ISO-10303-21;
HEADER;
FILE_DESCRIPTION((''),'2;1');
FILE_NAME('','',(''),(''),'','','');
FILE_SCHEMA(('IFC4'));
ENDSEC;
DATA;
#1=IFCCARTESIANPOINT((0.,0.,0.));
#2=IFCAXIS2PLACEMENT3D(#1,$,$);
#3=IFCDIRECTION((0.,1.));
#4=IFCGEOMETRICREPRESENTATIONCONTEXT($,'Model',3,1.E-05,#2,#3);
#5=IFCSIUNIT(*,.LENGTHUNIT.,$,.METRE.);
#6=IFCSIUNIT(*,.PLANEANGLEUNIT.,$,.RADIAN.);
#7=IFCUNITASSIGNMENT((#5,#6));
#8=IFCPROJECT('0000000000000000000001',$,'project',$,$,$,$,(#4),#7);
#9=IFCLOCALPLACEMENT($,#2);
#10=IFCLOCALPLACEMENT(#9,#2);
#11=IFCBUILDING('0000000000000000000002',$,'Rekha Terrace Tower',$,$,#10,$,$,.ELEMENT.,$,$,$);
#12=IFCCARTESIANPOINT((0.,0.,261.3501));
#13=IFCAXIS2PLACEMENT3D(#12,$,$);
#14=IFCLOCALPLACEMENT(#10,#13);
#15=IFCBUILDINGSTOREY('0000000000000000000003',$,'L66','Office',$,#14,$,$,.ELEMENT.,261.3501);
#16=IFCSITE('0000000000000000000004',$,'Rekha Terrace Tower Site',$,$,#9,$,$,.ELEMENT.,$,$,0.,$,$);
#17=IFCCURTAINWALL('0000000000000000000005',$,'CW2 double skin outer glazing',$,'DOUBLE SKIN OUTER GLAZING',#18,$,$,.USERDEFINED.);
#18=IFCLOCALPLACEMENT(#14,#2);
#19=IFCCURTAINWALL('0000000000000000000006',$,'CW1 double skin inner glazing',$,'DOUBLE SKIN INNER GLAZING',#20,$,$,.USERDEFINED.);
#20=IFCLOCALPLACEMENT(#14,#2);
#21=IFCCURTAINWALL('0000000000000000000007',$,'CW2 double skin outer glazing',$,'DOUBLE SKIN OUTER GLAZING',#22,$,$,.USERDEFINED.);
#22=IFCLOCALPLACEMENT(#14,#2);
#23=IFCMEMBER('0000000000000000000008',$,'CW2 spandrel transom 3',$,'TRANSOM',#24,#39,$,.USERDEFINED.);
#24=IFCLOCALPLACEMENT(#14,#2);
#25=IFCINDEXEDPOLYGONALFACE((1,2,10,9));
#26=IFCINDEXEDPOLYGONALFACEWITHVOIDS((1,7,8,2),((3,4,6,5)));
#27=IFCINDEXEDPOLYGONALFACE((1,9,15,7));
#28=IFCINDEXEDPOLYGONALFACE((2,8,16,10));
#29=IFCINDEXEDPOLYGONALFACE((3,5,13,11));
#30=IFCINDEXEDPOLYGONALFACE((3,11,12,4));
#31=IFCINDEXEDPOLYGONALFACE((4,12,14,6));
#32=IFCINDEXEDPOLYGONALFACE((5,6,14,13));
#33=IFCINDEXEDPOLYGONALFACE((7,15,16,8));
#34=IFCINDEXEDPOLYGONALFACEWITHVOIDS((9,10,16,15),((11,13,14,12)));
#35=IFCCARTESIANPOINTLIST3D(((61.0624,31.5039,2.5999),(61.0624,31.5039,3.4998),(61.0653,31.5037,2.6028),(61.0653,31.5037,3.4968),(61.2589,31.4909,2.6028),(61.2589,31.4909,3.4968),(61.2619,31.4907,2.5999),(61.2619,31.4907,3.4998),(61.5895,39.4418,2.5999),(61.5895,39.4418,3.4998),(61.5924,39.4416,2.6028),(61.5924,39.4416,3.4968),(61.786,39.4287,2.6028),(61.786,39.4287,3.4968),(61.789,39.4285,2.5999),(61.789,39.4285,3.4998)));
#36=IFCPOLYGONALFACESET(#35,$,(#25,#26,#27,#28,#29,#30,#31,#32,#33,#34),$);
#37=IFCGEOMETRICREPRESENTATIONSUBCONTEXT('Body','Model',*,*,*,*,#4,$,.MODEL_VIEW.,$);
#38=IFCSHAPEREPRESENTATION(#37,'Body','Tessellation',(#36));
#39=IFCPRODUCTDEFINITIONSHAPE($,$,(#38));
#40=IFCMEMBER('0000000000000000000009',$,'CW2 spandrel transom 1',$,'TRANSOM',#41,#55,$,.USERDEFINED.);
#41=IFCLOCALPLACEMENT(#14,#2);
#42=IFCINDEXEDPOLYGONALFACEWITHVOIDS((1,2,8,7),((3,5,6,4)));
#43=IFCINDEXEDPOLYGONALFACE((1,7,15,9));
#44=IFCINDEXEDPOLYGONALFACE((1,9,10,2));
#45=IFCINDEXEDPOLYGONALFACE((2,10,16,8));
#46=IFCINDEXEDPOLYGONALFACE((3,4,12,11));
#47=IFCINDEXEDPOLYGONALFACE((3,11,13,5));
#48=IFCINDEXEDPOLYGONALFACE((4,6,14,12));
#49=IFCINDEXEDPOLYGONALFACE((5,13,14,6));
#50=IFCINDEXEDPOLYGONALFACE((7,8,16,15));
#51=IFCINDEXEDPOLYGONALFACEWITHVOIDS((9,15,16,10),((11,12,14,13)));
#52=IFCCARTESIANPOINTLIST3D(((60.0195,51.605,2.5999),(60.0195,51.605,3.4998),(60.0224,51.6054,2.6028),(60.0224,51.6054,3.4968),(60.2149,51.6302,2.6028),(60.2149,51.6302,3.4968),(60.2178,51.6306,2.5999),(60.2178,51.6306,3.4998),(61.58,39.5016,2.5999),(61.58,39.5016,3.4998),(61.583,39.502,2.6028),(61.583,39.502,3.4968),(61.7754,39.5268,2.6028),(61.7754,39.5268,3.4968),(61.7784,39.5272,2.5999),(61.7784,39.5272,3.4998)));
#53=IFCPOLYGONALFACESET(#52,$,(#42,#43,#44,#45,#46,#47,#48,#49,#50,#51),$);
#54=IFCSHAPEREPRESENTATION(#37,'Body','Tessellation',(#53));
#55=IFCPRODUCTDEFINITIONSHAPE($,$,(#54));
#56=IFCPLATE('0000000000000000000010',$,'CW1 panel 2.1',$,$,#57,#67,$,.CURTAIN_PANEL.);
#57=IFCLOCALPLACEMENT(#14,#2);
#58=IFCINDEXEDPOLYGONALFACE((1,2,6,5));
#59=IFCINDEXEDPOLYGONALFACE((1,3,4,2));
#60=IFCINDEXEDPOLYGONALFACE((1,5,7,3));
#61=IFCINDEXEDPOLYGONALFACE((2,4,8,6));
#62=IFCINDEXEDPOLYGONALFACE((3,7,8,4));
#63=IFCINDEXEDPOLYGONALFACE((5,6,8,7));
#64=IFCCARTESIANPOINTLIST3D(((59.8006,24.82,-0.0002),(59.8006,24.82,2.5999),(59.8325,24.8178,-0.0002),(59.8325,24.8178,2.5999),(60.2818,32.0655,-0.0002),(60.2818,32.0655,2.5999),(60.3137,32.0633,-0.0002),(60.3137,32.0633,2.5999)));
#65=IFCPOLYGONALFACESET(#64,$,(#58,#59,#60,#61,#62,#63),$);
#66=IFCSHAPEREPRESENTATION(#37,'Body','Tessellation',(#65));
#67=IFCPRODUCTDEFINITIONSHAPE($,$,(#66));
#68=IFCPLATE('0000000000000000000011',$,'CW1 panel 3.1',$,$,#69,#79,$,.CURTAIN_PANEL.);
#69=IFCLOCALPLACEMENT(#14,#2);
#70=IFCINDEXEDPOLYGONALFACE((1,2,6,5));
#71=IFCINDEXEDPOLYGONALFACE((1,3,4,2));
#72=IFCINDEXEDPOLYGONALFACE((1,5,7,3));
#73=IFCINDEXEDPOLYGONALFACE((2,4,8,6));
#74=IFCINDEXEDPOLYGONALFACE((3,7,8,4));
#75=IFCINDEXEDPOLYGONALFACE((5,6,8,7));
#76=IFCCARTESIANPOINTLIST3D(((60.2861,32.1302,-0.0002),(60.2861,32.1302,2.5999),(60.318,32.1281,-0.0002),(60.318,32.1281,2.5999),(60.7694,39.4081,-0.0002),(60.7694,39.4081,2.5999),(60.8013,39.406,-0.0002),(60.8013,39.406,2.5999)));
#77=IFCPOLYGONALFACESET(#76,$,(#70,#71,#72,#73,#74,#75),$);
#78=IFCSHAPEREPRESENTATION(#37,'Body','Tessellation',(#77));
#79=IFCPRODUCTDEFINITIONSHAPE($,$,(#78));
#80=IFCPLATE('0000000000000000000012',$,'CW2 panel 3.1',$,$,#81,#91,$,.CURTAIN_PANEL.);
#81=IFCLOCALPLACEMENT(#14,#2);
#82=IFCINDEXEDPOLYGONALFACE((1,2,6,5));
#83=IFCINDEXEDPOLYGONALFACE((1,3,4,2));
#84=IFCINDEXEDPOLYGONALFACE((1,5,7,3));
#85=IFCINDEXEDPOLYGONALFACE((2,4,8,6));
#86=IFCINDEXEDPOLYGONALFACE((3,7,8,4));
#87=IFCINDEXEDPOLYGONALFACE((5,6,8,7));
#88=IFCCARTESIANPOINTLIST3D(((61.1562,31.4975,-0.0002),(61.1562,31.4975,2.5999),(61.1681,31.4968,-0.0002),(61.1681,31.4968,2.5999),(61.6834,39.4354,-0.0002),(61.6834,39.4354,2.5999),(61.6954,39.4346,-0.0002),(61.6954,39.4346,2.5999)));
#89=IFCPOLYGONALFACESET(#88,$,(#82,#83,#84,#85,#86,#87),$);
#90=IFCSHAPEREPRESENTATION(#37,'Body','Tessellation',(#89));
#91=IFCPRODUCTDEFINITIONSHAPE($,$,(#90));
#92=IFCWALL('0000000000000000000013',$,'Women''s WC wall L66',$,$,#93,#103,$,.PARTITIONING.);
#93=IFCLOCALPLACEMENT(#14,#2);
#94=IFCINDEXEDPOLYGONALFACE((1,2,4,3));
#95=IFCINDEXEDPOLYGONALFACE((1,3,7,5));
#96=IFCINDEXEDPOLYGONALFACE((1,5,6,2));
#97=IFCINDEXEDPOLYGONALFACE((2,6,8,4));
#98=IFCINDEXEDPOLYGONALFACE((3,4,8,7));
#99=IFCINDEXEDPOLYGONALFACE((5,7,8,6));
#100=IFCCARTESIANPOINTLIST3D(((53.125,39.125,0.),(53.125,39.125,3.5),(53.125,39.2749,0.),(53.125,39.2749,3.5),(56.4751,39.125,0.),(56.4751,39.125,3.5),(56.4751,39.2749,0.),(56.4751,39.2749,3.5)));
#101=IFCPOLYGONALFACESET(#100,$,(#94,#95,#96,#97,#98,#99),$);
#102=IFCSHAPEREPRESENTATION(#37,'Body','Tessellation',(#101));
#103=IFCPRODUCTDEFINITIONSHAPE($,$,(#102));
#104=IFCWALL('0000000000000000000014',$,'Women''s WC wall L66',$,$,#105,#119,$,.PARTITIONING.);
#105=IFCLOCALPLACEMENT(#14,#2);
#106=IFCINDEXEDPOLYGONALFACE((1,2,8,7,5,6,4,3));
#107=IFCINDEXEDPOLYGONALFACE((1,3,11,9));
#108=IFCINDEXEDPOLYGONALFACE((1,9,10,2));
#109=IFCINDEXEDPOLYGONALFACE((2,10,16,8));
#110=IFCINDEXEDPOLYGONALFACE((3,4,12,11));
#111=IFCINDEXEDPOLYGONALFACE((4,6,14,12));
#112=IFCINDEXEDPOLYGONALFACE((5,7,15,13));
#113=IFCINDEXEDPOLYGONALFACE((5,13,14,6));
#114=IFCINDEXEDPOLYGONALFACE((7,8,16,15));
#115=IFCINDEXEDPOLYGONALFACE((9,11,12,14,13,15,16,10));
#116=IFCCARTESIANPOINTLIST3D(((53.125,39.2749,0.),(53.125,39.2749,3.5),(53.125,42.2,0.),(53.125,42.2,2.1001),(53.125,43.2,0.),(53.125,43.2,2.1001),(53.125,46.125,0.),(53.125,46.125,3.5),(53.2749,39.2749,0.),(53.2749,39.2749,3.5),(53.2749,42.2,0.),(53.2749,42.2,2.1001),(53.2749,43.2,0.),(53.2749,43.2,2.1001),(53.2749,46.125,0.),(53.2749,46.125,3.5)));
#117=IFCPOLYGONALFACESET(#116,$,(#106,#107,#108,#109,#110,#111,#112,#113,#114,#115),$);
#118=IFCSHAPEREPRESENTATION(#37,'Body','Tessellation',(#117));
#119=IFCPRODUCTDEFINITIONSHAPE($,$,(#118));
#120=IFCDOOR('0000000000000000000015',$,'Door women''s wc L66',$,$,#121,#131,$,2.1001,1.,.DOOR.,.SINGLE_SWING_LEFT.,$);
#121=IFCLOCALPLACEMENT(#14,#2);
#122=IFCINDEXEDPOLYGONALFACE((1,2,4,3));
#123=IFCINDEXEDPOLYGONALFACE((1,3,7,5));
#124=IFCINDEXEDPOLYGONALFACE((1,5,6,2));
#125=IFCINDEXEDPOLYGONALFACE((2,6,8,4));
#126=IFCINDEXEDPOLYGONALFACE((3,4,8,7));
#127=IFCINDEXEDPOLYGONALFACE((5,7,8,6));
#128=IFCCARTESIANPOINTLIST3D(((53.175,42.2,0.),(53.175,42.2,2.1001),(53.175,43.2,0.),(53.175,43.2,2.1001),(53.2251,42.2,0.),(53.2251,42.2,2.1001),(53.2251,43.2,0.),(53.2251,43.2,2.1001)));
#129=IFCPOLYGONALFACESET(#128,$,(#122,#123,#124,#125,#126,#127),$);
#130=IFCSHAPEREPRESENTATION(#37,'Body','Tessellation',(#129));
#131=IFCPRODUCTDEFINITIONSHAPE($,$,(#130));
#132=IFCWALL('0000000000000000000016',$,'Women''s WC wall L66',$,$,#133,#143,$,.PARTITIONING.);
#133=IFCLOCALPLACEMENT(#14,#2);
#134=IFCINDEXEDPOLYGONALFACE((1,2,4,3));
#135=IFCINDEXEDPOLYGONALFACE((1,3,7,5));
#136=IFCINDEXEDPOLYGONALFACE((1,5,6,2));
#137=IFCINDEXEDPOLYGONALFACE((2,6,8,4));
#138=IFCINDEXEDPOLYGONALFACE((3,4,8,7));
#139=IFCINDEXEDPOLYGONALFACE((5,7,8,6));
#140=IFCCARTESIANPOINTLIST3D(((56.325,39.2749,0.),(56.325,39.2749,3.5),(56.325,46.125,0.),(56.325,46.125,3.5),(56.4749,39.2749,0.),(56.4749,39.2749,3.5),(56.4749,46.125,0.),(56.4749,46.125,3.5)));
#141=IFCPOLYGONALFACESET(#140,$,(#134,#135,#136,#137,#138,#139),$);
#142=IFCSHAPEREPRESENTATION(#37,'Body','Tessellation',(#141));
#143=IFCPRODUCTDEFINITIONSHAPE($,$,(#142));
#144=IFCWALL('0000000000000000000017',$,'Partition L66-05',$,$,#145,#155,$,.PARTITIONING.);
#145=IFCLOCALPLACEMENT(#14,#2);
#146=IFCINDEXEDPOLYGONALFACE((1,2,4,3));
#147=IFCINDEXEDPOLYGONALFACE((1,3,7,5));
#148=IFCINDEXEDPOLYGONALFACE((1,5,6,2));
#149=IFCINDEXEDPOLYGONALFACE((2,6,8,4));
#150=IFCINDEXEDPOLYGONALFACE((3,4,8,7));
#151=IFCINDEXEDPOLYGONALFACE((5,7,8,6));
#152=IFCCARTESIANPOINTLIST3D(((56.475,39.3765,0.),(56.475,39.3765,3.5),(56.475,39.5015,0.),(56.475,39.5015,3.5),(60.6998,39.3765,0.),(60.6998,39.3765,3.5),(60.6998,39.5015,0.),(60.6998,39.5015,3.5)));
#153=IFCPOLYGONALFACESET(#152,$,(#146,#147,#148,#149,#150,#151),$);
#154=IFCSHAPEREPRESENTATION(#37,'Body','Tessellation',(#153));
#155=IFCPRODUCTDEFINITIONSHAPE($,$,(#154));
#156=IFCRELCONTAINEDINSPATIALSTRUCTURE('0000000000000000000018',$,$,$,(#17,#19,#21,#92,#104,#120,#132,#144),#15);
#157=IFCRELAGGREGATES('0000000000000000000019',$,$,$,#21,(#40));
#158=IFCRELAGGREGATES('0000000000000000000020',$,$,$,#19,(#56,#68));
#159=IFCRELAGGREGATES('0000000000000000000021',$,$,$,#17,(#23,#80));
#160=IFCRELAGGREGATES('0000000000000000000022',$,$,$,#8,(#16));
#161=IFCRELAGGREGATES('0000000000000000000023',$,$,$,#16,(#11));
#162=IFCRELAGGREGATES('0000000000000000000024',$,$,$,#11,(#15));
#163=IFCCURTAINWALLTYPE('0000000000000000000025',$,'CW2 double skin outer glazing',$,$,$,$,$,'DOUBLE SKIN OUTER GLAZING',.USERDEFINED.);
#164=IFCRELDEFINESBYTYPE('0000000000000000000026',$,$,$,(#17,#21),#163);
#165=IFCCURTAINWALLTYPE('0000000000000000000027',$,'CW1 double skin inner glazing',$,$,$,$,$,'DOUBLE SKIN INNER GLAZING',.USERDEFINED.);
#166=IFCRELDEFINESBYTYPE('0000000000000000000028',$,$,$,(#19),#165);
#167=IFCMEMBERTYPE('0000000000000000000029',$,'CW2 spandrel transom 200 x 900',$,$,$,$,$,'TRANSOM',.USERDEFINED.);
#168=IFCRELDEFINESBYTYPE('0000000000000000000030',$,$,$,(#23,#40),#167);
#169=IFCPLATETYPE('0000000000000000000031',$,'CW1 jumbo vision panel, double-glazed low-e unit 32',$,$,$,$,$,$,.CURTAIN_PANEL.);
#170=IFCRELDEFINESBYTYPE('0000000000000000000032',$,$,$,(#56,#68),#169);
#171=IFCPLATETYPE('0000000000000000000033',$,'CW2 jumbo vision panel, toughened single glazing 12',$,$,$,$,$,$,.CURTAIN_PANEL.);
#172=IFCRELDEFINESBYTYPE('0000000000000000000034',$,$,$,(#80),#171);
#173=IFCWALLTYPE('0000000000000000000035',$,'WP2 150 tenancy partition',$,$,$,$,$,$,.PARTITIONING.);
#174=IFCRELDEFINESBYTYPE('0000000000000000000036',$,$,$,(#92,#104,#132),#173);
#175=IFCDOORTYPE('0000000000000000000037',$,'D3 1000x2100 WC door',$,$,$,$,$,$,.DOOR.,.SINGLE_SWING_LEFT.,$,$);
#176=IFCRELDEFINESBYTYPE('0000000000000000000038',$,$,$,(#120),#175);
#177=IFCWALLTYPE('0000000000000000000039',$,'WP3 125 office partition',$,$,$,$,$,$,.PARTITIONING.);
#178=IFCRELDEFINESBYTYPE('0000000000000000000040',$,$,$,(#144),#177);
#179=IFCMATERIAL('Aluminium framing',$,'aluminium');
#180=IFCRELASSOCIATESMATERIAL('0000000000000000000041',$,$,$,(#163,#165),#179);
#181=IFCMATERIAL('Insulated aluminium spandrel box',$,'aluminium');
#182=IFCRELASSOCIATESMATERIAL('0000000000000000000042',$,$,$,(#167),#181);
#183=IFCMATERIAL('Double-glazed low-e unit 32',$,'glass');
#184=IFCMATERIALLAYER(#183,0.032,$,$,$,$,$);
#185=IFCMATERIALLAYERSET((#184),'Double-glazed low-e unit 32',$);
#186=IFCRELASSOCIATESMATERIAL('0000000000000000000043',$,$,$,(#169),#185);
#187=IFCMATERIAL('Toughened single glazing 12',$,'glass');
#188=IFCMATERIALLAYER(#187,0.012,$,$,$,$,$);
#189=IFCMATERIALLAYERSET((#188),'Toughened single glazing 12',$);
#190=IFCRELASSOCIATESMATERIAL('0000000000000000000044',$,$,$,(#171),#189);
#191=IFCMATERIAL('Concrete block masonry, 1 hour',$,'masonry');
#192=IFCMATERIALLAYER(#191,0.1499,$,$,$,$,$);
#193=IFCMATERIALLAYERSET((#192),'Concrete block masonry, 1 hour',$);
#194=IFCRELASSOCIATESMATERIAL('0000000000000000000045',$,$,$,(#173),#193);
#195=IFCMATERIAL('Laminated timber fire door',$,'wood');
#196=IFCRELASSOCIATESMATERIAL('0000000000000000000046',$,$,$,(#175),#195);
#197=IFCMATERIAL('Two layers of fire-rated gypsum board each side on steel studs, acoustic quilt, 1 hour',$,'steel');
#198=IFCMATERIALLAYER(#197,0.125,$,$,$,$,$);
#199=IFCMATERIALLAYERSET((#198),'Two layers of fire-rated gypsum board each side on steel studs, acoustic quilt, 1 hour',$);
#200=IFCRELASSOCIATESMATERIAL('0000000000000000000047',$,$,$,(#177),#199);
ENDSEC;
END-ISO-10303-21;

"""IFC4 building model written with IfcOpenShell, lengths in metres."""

from ifc_helpers import new_model, si_unit, direction, frame, frame_2d, origin, origin_2d, place, context, subcontext, project, spatial, rectangle, hollow_rectangle, extrude, material, layer, layer_set, material_profile, profile_set, type_object, element, fill, aggregate, save


model = new_model("IFC4")

# Units and contexts
model_context = context("Model", 3, precision=1e-05, world=origin(), true_north=direction((0.0, 1.0)))
body_context = subcontext(model_context, "Body", "Model", "MODEL_VIEW")
ifc_project = project(units=[si_unit("LENGTHUNIT", "METRE"), si_unit("PLANEANGLEUNIT", "RADIAN")], contexts=[model_context])

# Site, building, storey
site_placement = place(None, origin())
site = spatial("IfcSite", under=ifc_project, at=site_placement, Name="Rekha Terrace Tower Site", CompositionType="ELEMENT", RefElevation=0.0)
building_placement = place(site_placement, origin())
building = spatial("IfcBuilding", under=site, at=building_placement, Name="Rekha Terrace Tower", CompositionType="ELEMENT")
storey_placement = place(building_placement, frame((0.0, 0.0, 261.3501)))
storey = spatial("IfcBuildingStorey", under=building, at=storey_placement, Name="L66", Description="Office", CompositionType="ELEMENT", Elevation=261.3501)

# Curtain walls
ifc_material_1 = material(Name="Aluminium framing", Category="aluminium")
curtain_wall_type_1 = type_object("IfcCurtainWallType", Name="CW2 double skin outer glazing", ElementType="DOUBLE SKIN OUTER GLAZING", PredefinedType="USERDEFINED", material=ifc_material_1)
curtain_wall_1_placement = place(storey_placement, origin())
curtain_wall_1 = element("IfcCurtainWall", 1, at=curtain_wall_1_placement, inside=storey, type_object=curtain_wall_type_1, Name="CW2 double skin outer glazing", ObjectType="DOUBLE SKIN OUTER GLAZING", PredefinedType="USERDEFINED")
curtain_wall_type_2 = type_object("IfcCurtainWallType", Name="CW1 double skin inner glazing", ElementType="DOUBLE SKIN INNER GLAZING", PredefinedType="USERDEFINED", material=ifc_material_1)
curtain_wall_2_placement = place(storey_placement, origin())
curtain_wall_2 = element("IfcCurtainWall", 2, at=curtain_wall_2_placement, inside=storey, type_object=curtain_wall_type_2, Name="CW1 double skin inner glazing", ObjectType="DOUBLE SKIN INNER GLAZING", PredefinedType="USERDEFINED")

# Shared definitions
ifc_material_2 = material(Name="Insulated aluminium spandrel box", Category="aluminium")

# Curtain wall
curtain_wall_3_placement = place(storey_placement, origin())
curtain_wall_3 = element("IfcCurtainWall", 3, at=curtain_wall_3_placement, inside=storey, type_object=curtain_wall_type_1, Name="CW2 double skin outer glazing", ObjectType="DOUBLE SKIN OUTER GLAZING", PredefinedType="USERDEFINED")

# Members
ifc_material_profile_1 = material_profile(ifc_material_2, hollow_rectangle(XDim=0.2, YDim=0.8999, WallThickness=0.0029, at=origin_2d()), Name="AL SPANDREL BOX 200x900")
ifc_profile_set_1 = profile_set([ifc_material_profile_1], Name="Insulated aluminium spandrel box")
member_type_1 = type_object("IfcMemberType", Name="CW2 spandrel transom 200 x 900", ElementType="TRANSOM", PredefinedType="USERDEFINED", material=ifc_profile_set_1)
member_1_placement = place(storey_placement, frame((61.1621, 31.4973, 3.0498), z_axis=(0.066258, 0.997803, 0.0), x_axis=(-0.997803, 0.066258, 0.0)))
member_1 = element("IfcMember", 4, at=member_1_placement, type_object=member_type_1, Name="CW2 spandrel transom 3", ObjectType="TRANSOM", PredefinedType="USERDEFINED", context=body_context, shape_type="SweptSolid", body=[
    extrude(hollow_rectangle(XDim=0.2, YDim=0.8999, WallThickness=0.0029, at=origin_2d()), origin(), (0.0, 0.0, 1.0), 7.9553),
])
member_2_placement = place(storey_placement, frame((61.6792, 39.5144, 3.0498), z_axis=(-0.127875, 0.99179, 0.0), x_axis=(-0.99179, -0.127875, 0.0)))
member_2 = element("IfcMember", 5, at=member_2_placement, type_object=member_type_1, Name="CW2 spandrel transom 1", ObjectType="TRANSOM", PredefinedType="USERDEFINED", context=body_context, shape_type="SweptSolid", body=[
    extrude(hollow_rectangle(XDim=0.2, YDim=0.8999, WallThickness=0.0029, at=origin_2d()), origin(), (0.0, 0.0, 1.0), 12.2036),
])
aggregate(curtain_wall_3, [member_2])

# Plates
ifc_material_3 = material(Name="Double-glazed low-e unit 32", Category="glass")
ifc_layer_1 = layer(ifc_material_3, 0.032)
ifc_layer_set_1 = layer_set([ifc_layer_1], Name="Double-glazed low-e unit 32")
plate_type_1 = type_object("IfcPlateType", Name="CW1 jumbo vision panel, double-glazed low-e unit 32", PredefinedType="CURTAIN_PANEL", material=ifc_layer_set_1)
plate_1_placement = place(storey_placement, frame((60.0571, 28.4417, -0.0002), z_axis=(0.0, 0.0, 1.0), x_axis=(0.066272, 0.997802, 0.0)))
plate_1 = element("IfcPlate", 6, at=plate_1_placement, type_object=plate_type_1, Name="CW1 panel 2.1", PredefinedType="CURTAIN_PANEL", context=body_context, shape_type="SweptSolid", body=[
    extrude(rectangle(XDim=7.2615, YDim=0.032, at=origin_2d()), origin(), (0.0, 0.0, 1.0), 2.6001),
])
plate_2_placement = place(storey_placement, frame((60.5437, 35.7681, -0.0002), z_axis=(0.0, 0.0, 1.0), x_axis=(0.066272, 0.997802, 0.0)))
plate_2 = element("IfcPlate", 7, at=plate_2_placement, type_object=plate_type_1, Name="CW1 panel 3.1", PredefinedType="CURTAIN_PANEL", context=body_context, shape_type="SweptSolid", body=[
    extrude(rectangle(XDim=7.2939, YDim=0.032, at=origin_2d()), origin(), (0.0, 0.0, 1.0), 2.6001),
])
aggregate(curtain_wall_2, [plate_1, plate_2])
ifc_material_4 = material(Name="Toughened single glazing 12", Category="glass")
ifc_layer_2 = layer(ifc_material_4, 0.012)
ifc_layer_set_2 = layer_set([ifc_layer_2], Name="Toughened single glazing 12")
plate_type_2 = type_object("IfcPlateType", Name="CW2 jumbo vision panel, toughened single glazing 12", PredefinedType="CURTAIN_PANEL", material=ifc_layer_set_2)
plate_3_placement = place(storey_placement, frame((61.4258, 35.4661, -0.0002), z_axis=(0.0, 0.0, 1.0), x_axis=(0.066272, 0.997802, 0.0)))
plate_3 = element("IfcPlate", 8, at=plate_3_placement, type_object=plate_type_2, Name="CW2 panel 3.1", PredefinedType="CURTAIN_PANEL", context=body_context, shape_type="SweptSolid", body=[
    extrude(rectangle(XDim=7.9553, YDim=0.012, at=origin_2d()), origin(), (0.0, 0.0, 1.0), 2.6001),
])
aggregate(curtain_wall_1, [member_1, plate_3])

# Wall
ifc_material_5 = material(Name="Concrete block masonry, 1 hour", Category="masonry")
ifc_layer_3 = layer(ifc_material_5, 0.1499)
ifc_layer_set_3 = layer_set([ifc_layer_3], Name="Concrete block masonry, 1 hour")
wall_type_1 = type_object("IfcWallType", Name="WP2 150 tenancy partition", PredefinedType="PARTITIONING", material=ifc_layer_set_3)
wall_1_placement = place(storey_placement, frame((53.125, 39.2, 0.0), z_axis=(0.0, 0.0, 1.0), x_axis=(1.0, 0.0, 0.0)))
element("IfcWall", 9, at=wall_1_placement, inside=storey, type_object=wall_type_1, Name="Women's WC wall L66", PredefinedType="PARTITIONING", context=body_context, shape_type="SweptSolid", body=[
    extrude(rectangle(XDim=3.3501, YDim=0.1499, at=frame_2d((1.675, 0.0))), origin(), (0.0, 0.0, 1.0), 3.5),
])

# Wall, opening, door
wall_2_placement = place(storey_placement, frame((53.2, 39.2749, 0.0), z_axis=(0.0, 0.0, 1.0), x_axis=(0.0, 1.0, 0.0)))
wall_2 = element("IfcWall", 10, at=wall_2_placement, inside=storey, type_object=wall_type_1, Name="Women's WC wall L66", PredefinedType="PARTITIONING", context=body_context, shape_type="SweptSolid", body=[
    extrude(rectangle(XDim=6.8501, YDim=0.1499, at=frame_2d((3.425, 0.0))), origin(), (0.0, 0.0, 1.0), 3.5),
])
opening_placement = place(wall_2_placement, frame((2.925, 0.0, 0.0)))
opening = element("IfcOpeningElement", 11, at=opening_placement, cuts=wall_2, PredefinedType="OPENING", context=body_context, shape_type="SweptSolid", body=[
    extrude(rectangle(XDim=1.0, YDim=2.1001, at=frame_2d((0.5, 1.05))), frame((0.0, 0.085, 0.0), z_axis=(0.0, -1.0, 0.0), x_axis=(1.0, 0.0, 0.0)), (0.0, 0.0, 1.0), 0.1699),
])
ifc_material_6 = material(Name="Laminated timber fire door", Category="wood")
door_type = type_object("IfcDoorType", Name="D3 1000x2100 WC door", OperationType="SINGLE_SWING_LEFT", PredefinedType="DOOR", material=ifc_material_6)
door_placement = place(opening_placement, origin())
door = element("IfcDoor", 12, at=door_placement, inside=storey, type_object=door_type, Name="Door women's wc L66", OperationType="SINGLE_SWING_LEFT", OverallHeight=2.1001, OverallWidth=1.0, PredefinedType="DOOR", context=body_context, shape_type="SweptSolid", body=[
    extrude(rectangle(XDim=1.0, YDim=2.1001, at=frame_2d((0.5, 1.05))), frame((0.0, 0.0249, 0.0), z_axis=(0.0, -1.0, 0.0), x_axis=(1.0, 0.0, 0.0)), (0.0, 0.0, 1.0), 0.05),
])
fill(opening, door)

# Walls
wall_3_placement = place(storey_placement, frame((56.3999, 39.2749, 0.0), z_axis=(0.0, 0.0, 1.0), x_axis=(0.0, 1.0, 0.0)))
element("IfcWall", 13, at=wall_3_placement, inside=storey, type_object=wall_type_1, Name="Women's WC wall L66", PredefinedType="PARTITIONING", context=body_context, shape_type="SweptSolid", body=[
    extrude(rectangle(XDim=6.8501, YDim=0.1499, at=frame_2d((3.425, 0.0))), origin(), (0.0, 0.0, 1.0), 3.5),
])
ifc_material_7 = material(Name="Two layers of fire-rated gypsum board each side on steel studs, acoustic quilt, 1 hour", Category="steel")
ifc_layer_4 = layer(ifc_material_7, 0.125)
ifc_layer_set_4 = layer_set([ifc_layer_4], Name="Two layers of fire-rated gypsum board each side on steel studs, acoustic quilt, 1 hour")
wall_type_2 = type_object("IfcWallType", Name="WP3 125 office partition", PredefinedType="PARTITIONING", material=ifc_layer_set_4)
wall_4_placement = place(storey_placement, frame((56.4751, 39.439, 0.0), z_axis=(0.0, 0.0, 1.0), x_axis=(1.0, 0.0, 0.0)))
element("IfcWall", 14, at=wall_4_placement, inside=storey, type_object=wall_type_2, Name="Partition L66-05", PredefinedType="PARTITIONING", context=body_context, shape_type="SweptSolid", body=[
    extrude(rectangle(XDim=4.2249, YDim=0.125, at=frame_2d((2.1123, 0.0))), origin(), (0.0, 0.0, 1.0), 3.5),
])

save(model, "model.ifc")
